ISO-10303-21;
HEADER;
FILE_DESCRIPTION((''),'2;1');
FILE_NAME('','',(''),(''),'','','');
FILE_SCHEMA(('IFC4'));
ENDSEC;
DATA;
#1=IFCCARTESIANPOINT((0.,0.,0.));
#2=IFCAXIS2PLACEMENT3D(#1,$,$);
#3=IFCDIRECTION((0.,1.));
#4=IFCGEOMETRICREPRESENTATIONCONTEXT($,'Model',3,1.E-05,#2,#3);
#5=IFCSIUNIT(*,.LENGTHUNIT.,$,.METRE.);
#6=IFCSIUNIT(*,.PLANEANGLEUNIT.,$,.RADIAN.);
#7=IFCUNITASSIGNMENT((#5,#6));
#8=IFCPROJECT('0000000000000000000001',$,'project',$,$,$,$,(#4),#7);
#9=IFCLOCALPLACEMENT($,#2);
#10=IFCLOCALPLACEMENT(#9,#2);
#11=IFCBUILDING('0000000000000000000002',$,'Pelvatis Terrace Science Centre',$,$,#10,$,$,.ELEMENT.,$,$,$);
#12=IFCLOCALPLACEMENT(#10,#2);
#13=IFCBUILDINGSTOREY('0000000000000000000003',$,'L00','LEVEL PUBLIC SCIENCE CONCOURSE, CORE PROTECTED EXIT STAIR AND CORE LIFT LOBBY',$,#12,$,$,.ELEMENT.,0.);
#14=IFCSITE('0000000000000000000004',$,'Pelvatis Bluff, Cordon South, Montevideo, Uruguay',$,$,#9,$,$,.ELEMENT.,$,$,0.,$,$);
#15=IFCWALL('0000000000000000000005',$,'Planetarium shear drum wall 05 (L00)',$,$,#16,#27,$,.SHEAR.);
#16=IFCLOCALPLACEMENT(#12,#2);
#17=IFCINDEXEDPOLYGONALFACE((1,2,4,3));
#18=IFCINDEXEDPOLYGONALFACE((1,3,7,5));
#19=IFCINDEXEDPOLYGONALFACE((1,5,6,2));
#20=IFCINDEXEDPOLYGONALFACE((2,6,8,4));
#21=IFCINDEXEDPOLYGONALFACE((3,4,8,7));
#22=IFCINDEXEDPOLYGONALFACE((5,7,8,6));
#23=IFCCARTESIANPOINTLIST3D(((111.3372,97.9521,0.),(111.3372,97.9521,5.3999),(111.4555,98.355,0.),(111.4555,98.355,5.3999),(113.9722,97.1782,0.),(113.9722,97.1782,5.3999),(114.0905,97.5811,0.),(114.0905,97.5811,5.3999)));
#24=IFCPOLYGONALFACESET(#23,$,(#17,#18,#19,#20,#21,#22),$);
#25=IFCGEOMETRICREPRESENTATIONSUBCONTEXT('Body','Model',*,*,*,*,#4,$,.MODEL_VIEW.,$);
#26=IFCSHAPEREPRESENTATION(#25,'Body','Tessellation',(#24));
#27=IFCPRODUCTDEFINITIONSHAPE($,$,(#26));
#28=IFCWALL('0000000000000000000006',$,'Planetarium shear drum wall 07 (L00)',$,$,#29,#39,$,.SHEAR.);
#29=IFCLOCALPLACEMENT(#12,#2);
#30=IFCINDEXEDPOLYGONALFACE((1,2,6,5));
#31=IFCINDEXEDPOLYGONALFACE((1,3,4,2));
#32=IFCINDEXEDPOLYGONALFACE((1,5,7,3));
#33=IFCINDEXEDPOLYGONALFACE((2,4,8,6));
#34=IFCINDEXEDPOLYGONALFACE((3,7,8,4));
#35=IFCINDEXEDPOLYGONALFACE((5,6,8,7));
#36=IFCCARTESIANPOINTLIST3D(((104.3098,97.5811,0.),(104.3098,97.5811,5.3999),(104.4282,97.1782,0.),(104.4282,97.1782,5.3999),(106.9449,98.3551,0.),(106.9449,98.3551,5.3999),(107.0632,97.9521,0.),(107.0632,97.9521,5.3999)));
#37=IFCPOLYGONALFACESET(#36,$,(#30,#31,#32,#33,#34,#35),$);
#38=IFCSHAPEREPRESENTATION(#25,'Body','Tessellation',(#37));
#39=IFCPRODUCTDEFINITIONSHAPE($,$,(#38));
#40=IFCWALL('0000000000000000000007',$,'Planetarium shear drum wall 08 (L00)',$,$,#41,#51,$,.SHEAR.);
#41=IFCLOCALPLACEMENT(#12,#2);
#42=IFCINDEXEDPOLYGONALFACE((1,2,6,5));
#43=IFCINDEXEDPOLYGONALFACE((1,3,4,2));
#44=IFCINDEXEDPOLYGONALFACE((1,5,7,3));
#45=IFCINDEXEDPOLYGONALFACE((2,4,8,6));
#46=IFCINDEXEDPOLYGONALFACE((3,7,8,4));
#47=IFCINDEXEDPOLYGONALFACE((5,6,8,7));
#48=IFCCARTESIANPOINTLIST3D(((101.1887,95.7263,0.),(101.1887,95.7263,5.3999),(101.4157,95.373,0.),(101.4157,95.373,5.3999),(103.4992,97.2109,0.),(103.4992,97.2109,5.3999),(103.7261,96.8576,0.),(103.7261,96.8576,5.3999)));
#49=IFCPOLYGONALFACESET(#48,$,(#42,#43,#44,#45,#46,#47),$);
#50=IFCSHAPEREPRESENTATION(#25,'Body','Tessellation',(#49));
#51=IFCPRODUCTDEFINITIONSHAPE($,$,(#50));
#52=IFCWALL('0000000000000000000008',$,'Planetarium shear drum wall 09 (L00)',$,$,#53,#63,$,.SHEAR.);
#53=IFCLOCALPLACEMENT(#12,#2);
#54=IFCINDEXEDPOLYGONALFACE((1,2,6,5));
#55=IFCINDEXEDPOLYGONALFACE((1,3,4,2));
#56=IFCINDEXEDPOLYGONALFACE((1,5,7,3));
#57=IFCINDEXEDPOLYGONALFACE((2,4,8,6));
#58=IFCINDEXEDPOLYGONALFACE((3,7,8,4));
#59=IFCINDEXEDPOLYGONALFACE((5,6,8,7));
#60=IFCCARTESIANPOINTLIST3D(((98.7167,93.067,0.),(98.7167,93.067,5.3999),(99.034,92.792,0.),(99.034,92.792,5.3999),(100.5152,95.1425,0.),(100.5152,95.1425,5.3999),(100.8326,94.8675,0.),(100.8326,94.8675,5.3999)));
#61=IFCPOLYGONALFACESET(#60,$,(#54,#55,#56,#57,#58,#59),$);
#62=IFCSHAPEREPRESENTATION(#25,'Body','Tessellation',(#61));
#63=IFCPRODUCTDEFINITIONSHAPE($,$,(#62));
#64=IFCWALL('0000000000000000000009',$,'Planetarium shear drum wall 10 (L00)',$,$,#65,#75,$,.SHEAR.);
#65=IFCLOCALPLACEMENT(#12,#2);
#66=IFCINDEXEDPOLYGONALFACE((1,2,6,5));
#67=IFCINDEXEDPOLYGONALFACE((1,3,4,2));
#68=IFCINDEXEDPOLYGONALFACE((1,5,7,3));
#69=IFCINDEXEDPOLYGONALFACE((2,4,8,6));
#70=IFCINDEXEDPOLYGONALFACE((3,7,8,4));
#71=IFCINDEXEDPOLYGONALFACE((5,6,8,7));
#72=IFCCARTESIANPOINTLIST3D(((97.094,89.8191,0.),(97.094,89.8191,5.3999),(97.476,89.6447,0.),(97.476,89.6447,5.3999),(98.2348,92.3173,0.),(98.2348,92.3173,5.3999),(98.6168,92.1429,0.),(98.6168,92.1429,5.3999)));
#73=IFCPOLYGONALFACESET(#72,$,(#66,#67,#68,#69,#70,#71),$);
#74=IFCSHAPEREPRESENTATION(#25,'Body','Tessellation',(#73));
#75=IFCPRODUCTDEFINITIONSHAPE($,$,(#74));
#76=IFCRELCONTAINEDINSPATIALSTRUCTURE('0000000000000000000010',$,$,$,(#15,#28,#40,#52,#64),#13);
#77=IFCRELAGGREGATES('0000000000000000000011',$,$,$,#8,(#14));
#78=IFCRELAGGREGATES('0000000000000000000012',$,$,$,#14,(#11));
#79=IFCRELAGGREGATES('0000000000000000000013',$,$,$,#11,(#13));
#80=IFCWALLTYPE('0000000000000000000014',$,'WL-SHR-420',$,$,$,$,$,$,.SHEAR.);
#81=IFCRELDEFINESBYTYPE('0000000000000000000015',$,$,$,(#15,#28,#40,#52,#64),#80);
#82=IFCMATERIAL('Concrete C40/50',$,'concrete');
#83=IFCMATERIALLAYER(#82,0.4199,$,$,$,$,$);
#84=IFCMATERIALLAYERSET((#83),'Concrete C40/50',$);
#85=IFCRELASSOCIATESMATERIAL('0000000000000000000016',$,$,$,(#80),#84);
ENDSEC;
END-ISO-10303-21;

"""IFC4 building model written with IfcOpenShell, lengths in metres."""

from ifc_helpers import new_model, si_unit, direction, frame, frame_2d, origin, place, context, subcontext, project, spatial, rectangle, extrude, material, layer, layer_set, type_object, element, save


model = new_model("IFC4")

# Units and contexts
model_context = context("Model", 3, precision=1e-05, world=origin(), true_north=direction((0.0, 1.0)))
body_context = subcontext(model_context, "Body", "Model", "MODEL_VIEW")
ifc_project = project(units=[si_unit("LENGTHUNIT", "METRE"), si_unit("PLANEANGLEUNIT", "RADIAN")], contexts=[model_context])

# Site, building, storey
site_placement = place(None, origin())
site = spatial("IfcSite", under=ifc_project, at=site_placement, Name="Pelvatis Bluff, Cordon South, Montevideo, Uruguay", CompositionType="ELEMENT", RefElevation=0.0)
building_placement = place(site_placement, origin())
building = spatial("IfcBuilding", under=site, at=building_placement, Name="Pelvatis Terrace Science Centre", CompositionType="ELEMENT")
storey_placement = place(building_placement, origin())
storey = spatial("IfcBuildingStorey", under=building, at=storey_placement, Name="L00", Description="LEVEL PUBLIC SCIENCE CONCOURSE, CORE PROTECTED EXIT STAIR AND CORE LIFT LOBBY", CompositionType="ELEMENT", Elevation=0.0)

# Walls
ifc_material_1 = material(Name="Concrete C40/50", Category="concrete")
ifc_layer = layer(ifc_material_1, 0.4199)
ifc_layer_set = layer_set([ifc_layer], Name="Concrete C40/50")
wall_type = type_object("IfcWallType", Name="WL-SHR-420", PredefinedType="SHEAR", material=ifc_layer_set)
for number, where, z_axis, x_axis, name in (
    (1, (114.0312, 97.3796, 0.0), (0.0, 0.0, 1.0), (-0.959472, 0.281805, 0.0), "Planetarium shear drum wall 05 (L00)"),
    (2, (107.0039, 98.1536, 0.0), (0.0, 0.0, 1.0), (-0.959472, -0.281805, 0.0), "Planetarium shear drum wall 07 (L00)"),
    (3, (103.6125, 97.0342, 0.0), (0.0, 0.0, 1.0), (-0.8413, -0.540569, 0.0), "Planetarium shear drum wall 08 (L00)"),
    (4, (100.6738, 95.0049, 0.0), (0.0, 0.0, 1.0), (-0.654903, -0.755713, 0.0), "Planetarium shear drum wall 09 (L00)"),
    (5, (98.4258, 92.23, 0.0), (0.0, 0.0, 1.0), (-0.415396, -0.909641, 0.0), "Planetarium shear drum wall 10 (L00)"),
):
    element("IfcWall", number, at=place(storey_placement, frame(where, z_axis=z_axis, x_axis=x_axis)), inside=storey, type_object=wall_type, Name=name, PredefinedType="SHEAR", context=body_context, shape_type="SweptSolid", body=[
        extrude(rectangle(XDim=2.7463, YDim=0.4199, at=frame_2d((1.373, 0.0))), origin(), (0.0, 0.0, 1.0), 5.3999),
    ])

save(model, "model.ifc")
